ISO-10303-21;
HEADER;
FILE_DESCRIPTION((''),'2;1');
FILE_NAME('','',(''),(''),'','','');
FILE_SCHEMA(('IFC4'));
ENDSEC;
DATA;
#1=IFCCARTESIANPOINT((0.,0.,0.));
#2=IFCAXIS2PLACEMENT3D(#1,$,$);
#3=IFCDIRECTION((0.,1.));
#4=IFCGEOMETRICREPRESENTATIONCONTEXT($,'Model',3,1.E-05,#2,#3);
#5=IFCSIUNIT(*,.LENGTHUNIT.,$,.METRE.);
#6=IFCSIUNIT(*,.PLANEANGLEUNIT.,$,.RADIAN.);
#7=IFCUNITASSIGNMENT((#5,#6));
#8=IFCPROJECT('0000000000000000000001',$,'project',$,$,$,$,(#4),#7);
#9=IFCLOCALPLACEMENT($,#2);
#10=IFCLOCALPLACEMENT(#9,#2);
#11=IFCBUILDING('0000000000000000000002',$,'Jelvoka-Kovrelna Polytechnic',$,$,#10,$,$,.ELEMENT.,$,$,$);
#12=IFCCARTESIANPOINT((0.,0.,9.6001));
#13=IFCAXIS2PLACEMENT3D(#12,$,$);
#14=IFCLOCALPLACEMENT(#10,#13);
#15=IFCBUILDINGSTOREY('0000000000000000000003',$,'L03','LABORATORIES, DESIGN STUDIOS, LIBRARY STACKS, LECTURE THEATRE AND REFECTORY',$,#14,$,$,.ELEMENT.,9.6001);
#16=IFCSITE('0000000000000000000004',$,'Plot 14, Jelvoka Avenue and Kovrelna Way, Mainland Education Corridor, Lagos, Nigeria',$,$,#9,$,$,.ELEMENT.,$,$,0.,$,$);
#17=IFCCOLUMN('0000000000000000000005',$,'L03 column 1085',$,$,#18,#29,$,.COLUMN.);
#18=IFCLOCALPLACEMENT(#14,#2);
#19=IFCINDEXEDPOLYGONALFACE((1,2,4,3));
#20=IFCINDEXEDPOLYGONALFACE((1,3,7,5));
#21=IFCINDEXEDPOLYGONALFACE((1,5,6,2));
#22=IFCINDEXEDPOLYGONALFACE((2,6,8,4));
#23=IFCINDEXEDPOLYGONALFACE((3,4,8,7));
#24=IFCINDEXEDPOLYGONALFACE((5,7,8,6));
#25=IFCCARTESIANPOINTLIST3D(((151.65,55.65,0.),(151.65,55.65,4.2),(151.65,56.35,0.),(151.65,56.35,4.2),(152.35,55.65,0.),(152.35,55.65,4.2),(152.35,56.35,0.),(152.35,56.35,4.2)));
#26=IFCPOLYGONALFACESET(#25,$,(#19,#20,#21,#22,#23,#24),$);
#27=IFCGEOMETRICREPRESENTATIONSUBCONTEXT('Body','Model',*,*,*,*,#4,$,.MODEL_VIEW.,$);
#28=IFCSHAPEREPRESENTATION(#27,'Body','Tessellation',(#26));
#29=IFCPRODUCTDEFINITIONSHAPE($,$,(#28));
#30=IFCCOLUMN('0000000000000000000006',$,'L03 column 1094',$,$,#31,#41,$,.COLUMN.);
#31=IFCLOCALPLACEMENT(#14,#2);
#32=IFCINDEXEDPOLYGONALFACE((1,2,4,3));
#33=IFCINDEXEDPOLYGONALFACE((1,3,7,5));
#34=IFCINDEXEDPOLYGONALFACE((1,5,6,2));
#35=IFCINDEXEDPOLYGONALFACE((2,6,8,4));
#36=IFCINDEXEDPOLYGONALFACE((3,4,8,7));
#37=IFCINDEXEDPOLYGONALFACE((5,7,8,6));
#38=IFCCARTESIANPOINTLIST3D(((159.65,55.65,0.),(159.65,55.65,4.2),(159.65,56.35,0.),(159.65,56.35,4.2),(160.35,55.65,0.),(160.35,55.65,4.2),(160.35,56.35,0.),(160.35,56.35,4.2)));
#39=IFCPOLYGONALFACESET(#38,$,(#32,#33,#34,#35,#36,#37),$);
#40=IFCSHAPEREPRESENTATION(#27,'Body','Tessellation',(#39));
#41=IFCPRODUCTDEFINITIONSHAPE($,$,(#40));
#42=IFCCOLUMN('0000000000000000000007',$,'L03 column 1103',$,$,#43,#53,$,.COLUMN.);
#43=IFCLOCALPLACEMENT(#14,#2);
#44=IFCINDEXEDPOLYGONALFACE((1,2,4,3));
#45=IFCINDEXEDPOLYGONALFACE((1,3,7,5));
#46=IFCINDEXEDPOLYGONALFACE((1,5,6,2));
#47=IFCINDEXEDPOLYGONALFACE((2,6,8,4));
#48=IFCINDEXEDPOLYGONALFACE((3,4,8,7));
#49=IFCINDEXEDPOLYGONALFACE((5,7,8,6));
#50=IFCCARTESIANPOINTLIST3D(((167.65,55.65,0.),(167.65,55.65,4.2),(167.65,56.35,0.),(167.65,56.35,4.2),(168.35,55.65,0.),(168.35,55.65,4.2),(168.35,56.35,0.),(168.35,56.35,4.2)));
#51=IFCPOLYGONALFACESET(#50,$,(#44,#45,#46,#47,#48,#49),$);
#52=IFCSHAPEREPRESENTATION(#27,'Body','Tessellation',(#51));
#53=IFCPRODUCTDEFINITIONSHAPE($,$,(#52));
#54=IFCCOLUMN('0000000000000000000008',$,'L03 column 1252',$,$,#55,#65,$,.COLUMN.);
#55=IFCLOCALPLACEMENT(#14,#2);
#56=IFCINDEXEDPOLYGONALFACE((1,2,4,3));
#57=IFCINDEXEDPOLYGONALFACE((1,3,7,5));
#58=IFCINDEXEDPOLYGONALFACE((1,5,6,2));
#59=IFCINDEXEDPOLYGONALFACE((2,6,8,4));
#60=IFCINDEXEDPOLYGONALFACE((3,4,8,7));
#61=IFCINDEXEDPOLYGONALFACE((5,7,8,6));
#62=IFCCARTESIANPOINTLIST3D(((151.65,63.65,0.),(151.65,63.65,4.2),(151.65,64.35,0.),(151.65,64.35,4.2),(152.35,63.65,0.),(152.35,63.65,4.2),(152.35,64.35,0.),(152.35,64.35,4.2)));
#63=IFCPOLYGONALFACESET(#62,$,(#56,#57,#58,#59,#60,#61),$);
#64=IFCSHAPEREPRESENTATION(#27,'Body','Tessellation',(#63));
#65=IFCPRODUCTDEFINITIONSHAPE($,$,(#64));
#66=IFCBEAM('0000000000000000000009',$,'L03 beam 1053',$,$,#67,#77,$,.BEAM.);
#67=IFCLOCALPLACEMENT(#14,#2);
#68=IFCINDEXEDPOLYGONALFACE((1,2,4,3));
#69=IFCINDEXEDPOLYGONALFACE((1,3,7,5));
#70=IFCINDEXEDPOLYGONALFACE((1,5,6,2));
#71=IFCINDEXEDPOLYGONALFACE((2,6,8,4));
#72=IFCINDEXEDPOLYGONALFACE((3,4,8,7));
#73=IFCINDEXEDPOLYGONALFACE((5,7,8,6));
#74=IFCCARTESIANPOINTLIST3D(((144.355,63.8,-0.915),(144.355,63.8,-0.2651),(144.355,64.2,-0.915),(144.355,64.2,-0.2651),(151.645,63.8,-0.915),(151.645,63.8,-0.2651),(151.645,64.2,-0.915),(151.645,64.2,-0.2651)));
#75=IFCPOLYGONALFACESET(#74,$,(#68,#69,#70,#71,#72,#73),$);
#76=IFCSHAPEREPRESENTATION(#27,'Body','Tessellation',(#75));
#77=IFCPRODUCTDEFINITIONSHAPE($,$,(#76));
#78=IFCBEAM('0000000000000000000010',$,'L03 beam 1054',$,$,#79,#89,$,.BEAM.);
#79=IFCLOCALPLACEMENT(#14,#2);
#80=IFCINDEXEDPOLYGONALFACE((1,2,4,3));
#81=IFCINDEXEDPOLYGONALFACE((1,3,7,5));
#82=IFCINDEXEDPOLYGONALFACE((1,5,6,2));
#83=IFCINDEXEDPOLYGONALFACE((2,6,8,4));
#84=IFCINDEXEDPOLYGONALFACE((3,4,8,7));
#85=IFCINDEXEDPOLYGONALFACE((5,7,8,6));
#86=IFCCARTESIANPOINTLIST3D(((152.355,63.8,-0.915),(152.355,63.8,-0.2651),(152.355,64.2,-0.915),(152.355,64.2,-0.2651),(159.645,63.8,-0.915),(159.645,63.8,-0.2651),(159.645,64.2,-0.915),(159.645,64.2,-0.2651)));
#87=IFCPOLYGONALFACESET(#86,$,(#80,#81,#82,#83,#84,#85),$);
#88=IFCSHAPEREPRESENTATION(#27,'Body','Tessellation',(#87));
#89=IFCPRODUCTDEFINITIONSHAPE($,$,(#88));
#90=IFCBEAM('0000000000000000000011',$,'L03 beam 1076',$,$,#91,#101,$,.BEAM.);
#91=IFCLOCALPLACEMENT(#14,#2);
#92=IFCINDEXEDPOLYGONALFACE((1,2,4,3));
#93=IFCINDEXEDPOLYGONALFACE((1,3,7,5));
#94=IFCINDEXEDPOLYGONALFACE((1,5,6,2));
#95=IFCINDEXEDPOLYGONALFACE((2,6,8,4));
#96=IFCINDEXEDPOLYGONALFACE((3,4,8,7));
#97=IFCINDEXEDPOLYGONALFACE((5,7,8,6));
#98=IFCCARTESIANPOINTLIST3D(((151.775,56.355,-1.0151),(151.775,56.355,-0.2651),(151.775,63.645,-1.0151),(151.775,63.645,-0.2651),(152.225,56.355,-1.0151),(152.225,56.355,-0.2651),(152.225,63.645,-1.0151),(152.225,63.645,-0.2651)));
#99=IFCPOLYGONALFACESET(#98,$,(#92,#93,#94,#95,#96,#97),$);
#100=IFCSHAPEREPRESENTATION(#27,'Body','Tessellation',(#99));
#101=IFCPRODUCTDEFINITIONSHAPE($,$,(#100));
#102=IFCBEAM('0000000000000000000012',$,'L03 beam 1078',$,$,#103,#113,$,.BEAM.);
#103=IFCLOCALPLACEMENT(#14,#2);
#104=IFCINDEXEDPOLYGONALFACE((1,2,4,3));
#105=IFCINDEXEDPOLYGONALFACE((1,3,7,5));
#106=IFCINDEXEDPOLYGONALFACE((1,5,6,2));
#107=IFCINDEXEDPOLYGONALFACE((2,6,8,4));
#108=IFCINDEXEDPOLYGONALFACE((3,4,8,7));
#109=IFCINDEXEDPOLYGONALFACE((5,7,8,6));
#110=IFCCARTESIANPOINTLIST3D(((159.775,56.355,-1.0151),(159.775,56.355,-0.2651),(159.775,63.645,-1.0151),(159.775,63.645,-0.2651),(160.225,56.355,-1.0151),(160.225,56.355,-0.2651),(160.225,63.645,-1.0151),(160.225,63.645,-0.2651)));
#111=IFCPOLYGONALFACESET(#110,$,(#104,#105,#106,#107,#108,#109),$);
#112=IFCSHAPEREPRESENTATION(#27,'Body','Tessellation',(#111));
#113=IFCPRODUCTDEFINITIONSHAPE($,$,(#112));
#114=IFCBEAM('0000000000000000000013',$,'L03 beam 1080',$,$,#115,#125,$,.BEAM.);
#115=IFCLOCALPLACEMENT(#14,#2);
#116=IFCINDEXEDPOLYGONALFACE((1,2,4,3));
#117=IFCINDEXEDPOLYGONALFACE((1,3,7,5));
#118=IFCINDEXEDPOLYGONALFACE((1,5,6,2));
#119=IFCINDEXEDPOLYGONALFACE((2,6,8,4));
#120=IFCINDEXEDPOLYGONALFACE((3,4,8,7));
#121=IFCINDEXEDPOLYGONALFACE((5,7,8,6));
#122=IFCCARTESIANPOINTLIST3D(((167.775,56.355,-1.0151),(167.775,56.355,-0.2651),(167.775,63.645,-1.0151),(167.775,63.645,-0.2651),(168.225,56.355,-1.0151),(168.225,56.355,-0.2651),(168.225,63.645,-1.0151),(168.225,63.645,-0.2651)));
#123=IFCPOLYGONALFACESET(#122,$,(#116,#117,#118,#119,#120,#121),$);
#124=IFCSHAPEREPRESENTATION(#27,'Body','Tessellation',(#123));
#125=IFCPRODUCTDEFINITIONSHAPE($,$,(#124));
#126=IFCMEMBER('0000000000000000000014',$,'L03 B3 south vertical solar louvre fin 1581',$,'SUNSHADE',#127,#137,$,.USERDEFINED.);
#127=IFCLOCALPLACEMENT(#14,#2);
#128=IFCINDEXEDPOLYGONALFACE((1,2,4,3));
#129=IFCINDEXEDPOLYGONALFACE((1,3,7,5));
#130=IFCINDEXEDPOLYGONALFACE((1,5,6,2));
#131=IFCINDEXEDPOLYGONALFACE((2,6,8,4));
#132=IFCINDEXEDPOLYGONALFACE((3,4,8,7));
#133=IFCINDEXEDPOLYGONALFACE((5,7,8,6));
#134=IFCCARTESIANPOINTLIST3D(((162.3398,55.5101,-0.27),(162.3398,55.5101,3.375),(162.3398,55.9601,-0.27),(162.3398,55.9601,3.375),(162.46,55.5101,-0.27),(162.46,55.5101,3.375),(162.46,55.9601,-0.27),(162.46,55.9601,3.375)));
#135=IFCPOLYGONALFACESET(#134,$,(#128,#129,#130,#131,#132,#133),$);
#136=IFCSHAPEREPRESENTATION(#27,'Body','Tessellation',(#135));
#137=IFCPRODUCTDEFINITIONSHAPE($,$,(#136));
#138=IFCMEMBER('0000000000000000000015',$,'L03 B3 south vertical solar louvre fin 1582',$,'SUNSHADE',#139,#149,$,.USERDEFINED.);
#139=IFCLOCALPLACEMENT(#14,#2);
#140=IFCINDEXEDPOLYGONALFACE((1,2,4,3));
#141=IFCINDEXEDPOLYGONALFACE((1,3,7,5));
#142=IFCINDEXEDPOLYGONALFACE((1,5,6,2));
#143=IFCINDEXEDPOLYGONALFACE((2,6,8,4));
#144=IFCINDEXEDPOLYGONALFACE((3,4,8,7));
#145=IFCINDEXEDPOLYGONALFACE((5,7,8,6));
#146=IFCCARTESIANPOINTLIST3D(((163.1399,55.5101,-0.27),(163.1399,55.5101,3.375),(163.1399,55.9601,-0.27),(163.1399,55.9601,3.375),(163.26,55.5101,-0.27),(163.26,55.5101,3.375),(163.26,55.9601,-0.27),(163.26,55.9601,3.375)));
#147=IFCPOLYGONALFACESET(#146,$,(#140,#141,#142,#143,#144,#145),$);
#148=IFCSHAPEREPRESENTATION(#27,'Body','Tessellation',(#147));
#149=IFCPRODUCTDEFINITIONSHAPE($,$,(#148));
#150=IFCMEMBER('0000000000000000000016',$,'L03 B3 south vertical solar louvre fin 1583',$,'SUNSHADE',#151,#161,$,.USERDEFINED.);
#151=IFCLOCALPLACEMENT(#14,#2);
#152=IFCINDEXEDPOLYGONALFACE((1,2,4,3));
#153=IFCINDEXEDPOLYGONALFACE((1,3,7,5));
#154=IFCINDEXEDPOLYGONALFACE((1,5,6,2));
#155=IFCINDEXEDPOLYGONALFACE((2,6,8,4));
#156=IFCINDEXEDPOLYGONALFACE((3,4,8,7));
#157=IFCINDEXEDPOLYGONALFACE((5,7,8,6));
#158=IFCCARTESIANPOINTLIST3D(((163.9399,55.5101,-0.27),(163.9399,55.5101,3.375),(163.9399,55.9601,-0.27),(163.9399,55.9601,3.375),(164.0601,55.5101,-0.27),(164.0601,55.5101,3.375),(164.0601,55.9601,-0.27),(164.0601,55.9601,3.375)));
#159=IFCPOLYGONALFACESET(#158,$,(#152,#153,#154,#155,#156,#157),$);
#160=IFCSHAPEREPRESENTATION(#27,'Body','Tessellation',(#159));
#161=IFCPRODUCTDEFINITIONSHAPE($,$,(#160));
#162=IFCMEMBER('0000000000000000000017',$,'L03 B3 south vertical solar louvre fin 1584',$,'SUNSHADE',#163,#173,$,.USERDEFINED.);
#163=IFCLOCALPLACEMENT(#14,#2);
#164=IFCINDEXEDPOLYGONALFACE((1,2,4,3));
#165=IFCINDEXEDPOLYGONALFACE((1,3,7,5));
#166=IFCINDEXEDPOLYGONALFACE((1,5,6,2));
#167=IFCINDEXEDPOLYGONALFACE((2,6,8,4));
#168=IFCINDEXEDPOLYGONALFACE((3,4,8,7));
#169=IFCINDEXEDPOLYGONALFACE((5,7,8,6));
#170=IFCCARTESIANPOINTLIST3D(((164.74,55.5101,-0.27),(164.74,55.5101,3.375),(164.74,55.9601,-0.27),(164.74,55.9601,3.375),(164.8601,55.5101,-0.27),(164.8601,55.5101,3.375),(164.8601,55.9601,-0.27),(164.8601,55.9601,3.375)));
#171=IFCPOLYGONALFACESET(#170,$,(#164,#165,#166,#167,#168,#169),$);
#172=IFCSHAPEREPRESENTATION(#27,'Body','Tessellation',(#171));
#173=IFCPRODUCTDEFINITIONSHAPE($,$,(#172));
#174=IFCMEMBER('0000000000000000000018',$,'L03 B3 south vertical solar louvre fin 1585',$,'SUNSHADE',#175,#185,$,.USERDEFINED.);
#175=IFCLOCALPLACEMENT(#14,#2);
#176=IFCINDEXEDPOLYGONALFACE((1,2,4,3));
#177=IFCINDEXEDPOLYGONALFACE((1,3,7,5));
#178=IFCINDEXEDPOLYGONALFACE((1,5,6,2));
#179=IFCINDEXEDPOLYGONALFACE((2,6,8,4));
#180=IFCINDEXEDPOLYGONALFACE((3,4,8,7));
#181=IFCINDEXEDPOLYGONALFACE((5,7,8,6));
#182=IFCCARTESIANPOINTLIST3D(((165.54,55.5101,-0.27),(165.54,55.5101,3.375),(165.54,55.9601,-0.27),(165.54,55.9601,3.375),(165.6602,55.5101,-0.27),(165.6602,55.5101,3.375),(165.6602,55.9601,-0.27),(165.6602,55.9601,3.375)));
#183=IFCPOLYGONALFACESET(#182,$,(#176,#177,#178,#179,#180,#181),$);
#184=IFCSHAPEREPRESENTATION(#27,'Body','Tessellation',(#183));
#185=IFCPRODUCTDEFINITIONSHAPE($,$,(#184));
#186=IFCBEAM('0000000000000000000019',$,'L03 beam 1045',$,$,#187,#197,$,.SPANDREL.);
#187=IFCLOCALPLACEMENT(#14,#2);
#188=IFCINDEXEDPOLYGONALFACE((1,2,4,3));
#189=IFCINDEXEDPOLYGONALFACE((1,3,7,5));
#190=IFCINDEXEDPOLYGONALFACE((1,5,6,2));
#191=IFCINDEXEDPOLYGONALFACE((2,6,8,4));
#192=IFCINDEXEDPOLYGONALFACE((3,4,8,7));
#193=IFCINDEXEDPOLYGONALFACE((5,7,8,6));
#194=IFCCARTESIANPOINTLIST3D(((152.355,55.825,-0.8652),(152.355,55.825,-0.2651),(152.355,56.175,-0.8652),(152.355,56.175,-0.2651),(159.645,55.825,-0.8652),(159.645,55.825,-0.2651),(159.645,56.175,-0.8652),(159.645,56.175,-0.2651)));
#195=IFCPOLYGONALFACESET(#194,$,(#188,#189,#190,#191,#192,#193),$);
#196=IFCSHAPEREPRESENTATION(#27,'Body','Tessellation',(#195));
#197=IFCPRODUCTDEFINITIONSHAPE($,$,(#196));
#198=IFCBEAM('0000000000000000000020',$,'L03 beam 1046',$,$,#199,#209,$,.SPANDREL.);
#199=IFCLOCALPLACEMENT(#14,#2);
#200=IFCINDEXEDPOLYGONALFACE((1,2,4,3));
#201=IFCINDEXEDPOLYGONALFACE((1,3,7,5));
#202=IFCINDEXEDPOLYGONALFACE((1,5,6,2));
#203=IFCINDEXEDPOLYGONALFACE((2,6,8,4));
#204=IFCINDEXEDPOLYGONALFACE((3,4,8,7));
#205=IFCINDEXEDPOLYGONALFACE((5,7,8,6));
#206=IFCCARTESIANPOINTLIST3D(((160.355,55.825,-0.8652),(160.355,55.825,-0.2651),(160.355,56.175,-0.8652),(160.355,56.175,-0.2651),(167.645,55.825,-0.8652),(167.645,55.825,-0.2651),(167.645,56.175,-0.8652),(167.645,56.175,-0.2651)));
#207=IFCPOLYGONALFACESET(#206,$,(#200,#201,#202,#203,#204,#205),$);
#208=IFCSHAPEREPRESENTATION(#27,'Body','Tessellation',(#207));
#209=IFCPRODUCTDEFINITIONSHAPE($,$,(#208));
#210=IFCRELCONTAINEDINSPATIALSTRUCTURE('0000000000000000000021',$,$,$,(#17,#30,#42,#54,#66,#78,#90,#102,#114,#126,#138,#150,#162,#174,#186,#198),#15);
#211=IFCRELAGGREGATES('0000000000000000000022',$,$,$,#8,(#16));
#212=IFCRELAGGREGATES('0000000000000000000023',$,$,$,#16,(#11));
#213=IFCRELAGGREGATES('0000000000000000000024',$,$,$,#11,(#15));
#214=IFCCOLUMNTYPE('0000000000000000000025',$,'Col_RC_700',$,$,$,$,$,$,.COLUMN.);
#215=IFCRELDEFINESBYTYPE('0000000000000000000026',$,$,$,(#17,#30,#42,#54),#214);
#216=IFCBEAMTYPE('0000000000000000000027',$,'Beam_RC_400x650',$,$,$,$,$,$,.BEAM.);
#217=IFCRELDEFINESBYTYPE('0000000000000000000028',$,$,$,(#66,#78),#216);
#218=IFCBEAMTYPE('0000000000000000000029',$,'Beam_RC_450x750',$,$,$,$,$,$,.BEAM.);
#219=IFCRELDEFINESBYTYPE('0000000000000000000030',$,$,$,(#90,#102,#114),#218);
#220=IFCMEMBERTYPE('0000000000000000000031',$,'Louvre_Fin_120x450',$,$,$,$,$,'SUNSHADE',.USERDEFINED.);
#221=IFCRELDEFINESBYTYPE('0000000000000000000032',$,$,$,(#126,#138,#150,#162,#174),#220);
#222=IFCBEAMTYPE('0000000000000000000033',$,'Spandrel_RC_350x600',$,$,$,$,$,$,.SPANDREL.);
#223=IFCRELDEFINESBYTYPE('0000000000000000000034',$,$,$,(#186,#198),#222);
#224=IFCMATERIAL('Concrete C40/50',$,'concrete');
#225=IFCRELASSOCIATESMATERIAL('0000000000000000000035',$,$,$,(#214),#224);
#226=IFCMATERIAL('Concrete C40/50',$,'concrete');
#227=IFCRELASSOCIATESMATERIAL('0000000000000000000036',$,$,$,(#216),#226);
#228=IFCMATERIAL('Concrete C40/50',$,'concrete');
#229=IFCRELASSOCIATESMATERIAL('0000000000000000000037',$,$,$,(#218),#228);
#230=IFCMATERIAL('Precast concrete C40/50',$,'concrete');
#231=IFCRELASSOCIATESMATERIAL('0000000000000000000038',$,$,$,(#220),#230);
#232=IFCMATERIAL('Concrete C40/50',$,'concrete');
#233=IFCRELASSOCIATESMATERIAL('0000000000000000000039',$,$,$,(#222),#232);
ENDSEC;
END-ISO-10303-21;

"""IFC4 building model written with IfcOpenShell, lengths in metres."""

from ifc_helpers import new_model, si_unit, direction, frame, origin, origin_2d, place, context, subcontext, project, spatial, rectangle, extrude, material, material_profile, profile_set, type_object, element, save


model = new_model("IFC4")

# Units and contexts
model_context = context("Model", 3, precision=1e-05, world=origin(), true_north=direction((0.0, 1.0)))
body_context = subcontext(model_context, "Body", "Model", "MODEL_VIEW")
ifc_project = project(units=[si_unit("LENGTHUNIT", "METRE"), si_unit("PLANEANGLEUNIT", "RADIAN")], contexts=[model_context])

# Site, building, storey
site_placement = place(None, origin())
site = spatial("IfcSite", under=ifc_project, at=site_placement, Name="Plot 14, Jelvoka Avenue and Kovrelna Way, Mainland Education Corridor, Lagos, Nigeria", CompositionType="ELEMENT", RefElevation=0.0)
building_placement = place(site_placement, origin())
building = spatial("IfcBuilding", under=site, at=building_placement, Name="Jelvoka-Kovrelna Polytechnic", CompositionType="ELEMENT")
storey_placement = place(building_placement, frame((0.0, 0.0, 9.6001)))
storey = spatial("IfcBuildingStorey", under=building, at=storey_placement, Name="L03", Description="LABORATORIES, DESIGN STUDIOS, LIBRARY STACKS, LECTURE THEATRE AND REFECTORY", CompositionType="ELEMENT", Elevation=9.6001)

# Columns
ifc_material_1 = material(Name="Concrete C40/50", Category="concrete")
ifc_material_profile_1 = material_profile(ifc_material_1, rectangle(XDim=0.7, YDim=0.7, at=origin_2d()), Name="RC 700x700")
ifc_profile_set_1 = profile_set([ifc_material_profile_1], Name="Concrete C40/50")
column_type = type_object("IfcColumnType", Name="Col_RC_700", PredefinedType="COLUMN", material=ifc_profile_set_1)
for number, where, z_axis, x_axis, name in (
    (1, (152.0, 56.0, 0.0), (0.0, 0.0, 1.0), (1.0, 0.0, 0.0), "L03 column 1085"),
    (2, (160.0, 56.0, 0.0), (0.0, 0.0, 1.0), (1.0, 0.0, 0.0), "L03 column 1094"),
    (3, (168.0, 56.0, 0.0), (0.0, 0.0, 1.0), (1.0, 0.0, 0.0), "L03 column 1103"),
    (4, (152.0, 64.0, 0.0), (0.0, 0.0, 1.0), (1.0, 0.0, 0.0), "L03 column 1252"),
):
    element("IfcColumn", number, at=place(storey_placement, frame(where, z_axis=z_axis, x_axis=x_axis)), inside=storey, type_object=column_type, Name=name, PredefinedType="COLUMN", context=body_context, shape_type="SweptSolid", body=[
        extrude(rectangle(XDim=0.7, YDim=0.7, at=origin_2d()), origin(), (0.0, 0.0, 1.0), 4.2),
    ])

# Beams
ifc_material_2 = material(Name="Concrete C40/50", Category="concrete")
ifc_material_profile_2 = material_profile(ifc_material_2, rectangle(XDim=0.3999, YDim=0.6499, at=origin_2d()), Name="RC 400x650")
ifc_profile_set_2 = profile_set([ifc_material_profile_2], Name="Concrete C40/50")
beam_type_1 = type_object("IfcBeamType", Name="Beam_RC_400x650", PredefinedType="BEAM", material=ifc_profile_set_2)
for number, where, z_axis, x_axis, name in (
    (5, (144.355, 64.0, -0.5901), (1.0, 0.0, 0.0), (0.0, 1.0, 0.0), "L03 beam 1053"),
    (6, (152.355, 64.0, -0.5901), (1.0, 0.0, 0.0), (0.0, 1.0, 0.0), "L03 beam 1054"),
):
    element("IfcBeam", number, at=place(storey_placement, frame(where, z_axis=z_axis, x_axis=x_axis)), inside=storey, type_object=beam_type_1, Name=name, PredefinedType="BEAM", context=body_context, shape_type="SweptSolid", body=[
        extrude(rectangle(XDim=0.3999, YDim=0.6499, at=origin_2d()), origin(), (0.0, 0.0, 1.0), 7.29),
    ])
ifc_material_3 = material(Name="Concrete C40/50", Category="concrete")
ifc_material_profile_3 = material_profile(ifc_material_3, rectangle(XDim=0.45, YDim=0.75, at=origin_2d()), Name="RC 450x750")
ifc_profile_set_3 = profile_set([ifc_material_profile_3], Name="Concrete C40/50")
beam_type_2 = type_object("IfcBeamType", Name="Beam_RC_450x750", PredefinedType="BEAM", material=ifc_profile_set_3)
for number, where, z_axis, x_axis, name in (
    (7, (152.0, 56.355, -0.6401), (0.0, 1.0, 0.0), (-1.0, 0.0, 0.0), "L03 beam 1076"),
    (8, (160.0, 56.355, -0.6401), (0.0, 1.0, 0.0), (-1.0, 0.0, 0.0), "L03 beam 1078"),
    (9, (168.0, 56.355, -0.6401), (0.0, 1.0, 0.0), (-1.0, 0.0, 0.0), "L03 beam 1080"),
):
    element("IfcBeam", number, at=place(storey_placement, frame(where, z_axis=z_axis, x_axis=x_axis)), inside=storey, type_object=beam_type_2, Name=name, PredefinedType="BEAM", context=body_context, shape_type="SweptSolid", body=[
        extrude(rectangle(XDim=0.45, YDim=0.75, at=origin_2d()), origin(), (0.0, 0.0, 1.0), 7.29),
    ])

# Members
ifc_material_4 = material(Name="Precast concrete C40/50", Category="concrete")
ifc_material_profile_4 = material_profile(ifc_material_4, rectangle(XDim=0.1201, YDim=0.45, at=origin_2d()), Name="PC 120x450")
ifc_profile_set_4 = profile_set([ifc_material_profile_4], Name="Precast concrete C40/50")
member_type = type_object("IfcMemberType", Name="Louvre_Fin_120x450", ElementType="SUNSHADE", PredefinedType="USERDEFINED", material=ifc_profile_set_4)
for number, where, z_axis, x_axis, name in (
    (10, (162.3999, 55.7351, -0.27), (0.0, 0.0, 1.0), (1.0, 0.0, 0.0), "L03 B3 south vertical solar louvre fin 1581"),
    (11, (163.2, 55.7351, -0.27), (0.0, 0.0, 1.0), (1.0, 0.0, 0.0), "L03 B3 south vertical solar louvre fin 1582"),
    (12, (164.0, 55.7351, -0.27), (0.0, 0.0, 1.0), (1.0, 0.0, 0.0), "L03 B3 south vertical solar louvre fin 1583"),
    (13, (164.8, 55.7351, -0.27), (0.0, 0.0, 1.0), (1.0, 0.0, 0.0), "L03 B3 south vertical solar louvre fin 1584"),
    (14, (165.6001, 55.7351, -0.27), (0.0, 0.0, 1.0), (1.0, 0.0, 0.0), "L03 B3 south vertical solar louvre fin 1585"),
):
    element("IfcMember", number, at=place(storey_placement, frame(where, z_axis=z_axis, x_axis=x_axis)), inside=storey, type_object=member_type, Name=name, ObjectType="SUNSHADE", PredefinedType="USERDEFINED", context=body_context, shape_type="SweptSolid", body=[
        extrude(rectangle(XDim=0.1201, YDim=0.45, at=origin_2d()), origin(), (0.0, 0.0, 1.0), 3.645),
    ])

# Beams
ifc_material_5 = material(Name="Concrete C40/50", Category="concrete")
ifc_material_profile_5 = material_profile(ifc_material_5, rectangle(XDim=0.3501, YDim=0.6001, at=origin_2d()), Name="RC 350x600")
ifc_profile_set_5 = profile_set([ifc_material_profile_5], Name="Concrete C40/50")
beam_type_3 = type_object("IfcBeamType", Name="Spandrel_RC_350x600", PredefinedType="SPANDREL", material=ifc_profile_set_5)
for number, where, z_axis, x_axis, name in (
    (15, (152.355, 56.0, -0.5652), (1.0, 0.0, 0.0), (0.0, 1.0, 0.0), "L03 beam 1045"),
    (16, (160.355, 56.0, -0.5652), (1.0, 0.0, 0.0), (0.0, 1.0, 0.0), "L03 beam 1046"),
):
    element("IfcBeam", number, at=place(storey_placement, frame(where, z_axis=z_axis, x_axis=x_axis)), inside=storey, type_object=beam_type_3, Name=name, PredefinedType="SPANDREL", context=body_context, shape_type="SweptSolid", body=[
        extrude(rectangle(XDim=0.3501, YDim=0.6001, at=origin_2d()), origin(), (0.0, 0.0, 1.0), 7.29),
    ])

save(model, "model.ifc")
